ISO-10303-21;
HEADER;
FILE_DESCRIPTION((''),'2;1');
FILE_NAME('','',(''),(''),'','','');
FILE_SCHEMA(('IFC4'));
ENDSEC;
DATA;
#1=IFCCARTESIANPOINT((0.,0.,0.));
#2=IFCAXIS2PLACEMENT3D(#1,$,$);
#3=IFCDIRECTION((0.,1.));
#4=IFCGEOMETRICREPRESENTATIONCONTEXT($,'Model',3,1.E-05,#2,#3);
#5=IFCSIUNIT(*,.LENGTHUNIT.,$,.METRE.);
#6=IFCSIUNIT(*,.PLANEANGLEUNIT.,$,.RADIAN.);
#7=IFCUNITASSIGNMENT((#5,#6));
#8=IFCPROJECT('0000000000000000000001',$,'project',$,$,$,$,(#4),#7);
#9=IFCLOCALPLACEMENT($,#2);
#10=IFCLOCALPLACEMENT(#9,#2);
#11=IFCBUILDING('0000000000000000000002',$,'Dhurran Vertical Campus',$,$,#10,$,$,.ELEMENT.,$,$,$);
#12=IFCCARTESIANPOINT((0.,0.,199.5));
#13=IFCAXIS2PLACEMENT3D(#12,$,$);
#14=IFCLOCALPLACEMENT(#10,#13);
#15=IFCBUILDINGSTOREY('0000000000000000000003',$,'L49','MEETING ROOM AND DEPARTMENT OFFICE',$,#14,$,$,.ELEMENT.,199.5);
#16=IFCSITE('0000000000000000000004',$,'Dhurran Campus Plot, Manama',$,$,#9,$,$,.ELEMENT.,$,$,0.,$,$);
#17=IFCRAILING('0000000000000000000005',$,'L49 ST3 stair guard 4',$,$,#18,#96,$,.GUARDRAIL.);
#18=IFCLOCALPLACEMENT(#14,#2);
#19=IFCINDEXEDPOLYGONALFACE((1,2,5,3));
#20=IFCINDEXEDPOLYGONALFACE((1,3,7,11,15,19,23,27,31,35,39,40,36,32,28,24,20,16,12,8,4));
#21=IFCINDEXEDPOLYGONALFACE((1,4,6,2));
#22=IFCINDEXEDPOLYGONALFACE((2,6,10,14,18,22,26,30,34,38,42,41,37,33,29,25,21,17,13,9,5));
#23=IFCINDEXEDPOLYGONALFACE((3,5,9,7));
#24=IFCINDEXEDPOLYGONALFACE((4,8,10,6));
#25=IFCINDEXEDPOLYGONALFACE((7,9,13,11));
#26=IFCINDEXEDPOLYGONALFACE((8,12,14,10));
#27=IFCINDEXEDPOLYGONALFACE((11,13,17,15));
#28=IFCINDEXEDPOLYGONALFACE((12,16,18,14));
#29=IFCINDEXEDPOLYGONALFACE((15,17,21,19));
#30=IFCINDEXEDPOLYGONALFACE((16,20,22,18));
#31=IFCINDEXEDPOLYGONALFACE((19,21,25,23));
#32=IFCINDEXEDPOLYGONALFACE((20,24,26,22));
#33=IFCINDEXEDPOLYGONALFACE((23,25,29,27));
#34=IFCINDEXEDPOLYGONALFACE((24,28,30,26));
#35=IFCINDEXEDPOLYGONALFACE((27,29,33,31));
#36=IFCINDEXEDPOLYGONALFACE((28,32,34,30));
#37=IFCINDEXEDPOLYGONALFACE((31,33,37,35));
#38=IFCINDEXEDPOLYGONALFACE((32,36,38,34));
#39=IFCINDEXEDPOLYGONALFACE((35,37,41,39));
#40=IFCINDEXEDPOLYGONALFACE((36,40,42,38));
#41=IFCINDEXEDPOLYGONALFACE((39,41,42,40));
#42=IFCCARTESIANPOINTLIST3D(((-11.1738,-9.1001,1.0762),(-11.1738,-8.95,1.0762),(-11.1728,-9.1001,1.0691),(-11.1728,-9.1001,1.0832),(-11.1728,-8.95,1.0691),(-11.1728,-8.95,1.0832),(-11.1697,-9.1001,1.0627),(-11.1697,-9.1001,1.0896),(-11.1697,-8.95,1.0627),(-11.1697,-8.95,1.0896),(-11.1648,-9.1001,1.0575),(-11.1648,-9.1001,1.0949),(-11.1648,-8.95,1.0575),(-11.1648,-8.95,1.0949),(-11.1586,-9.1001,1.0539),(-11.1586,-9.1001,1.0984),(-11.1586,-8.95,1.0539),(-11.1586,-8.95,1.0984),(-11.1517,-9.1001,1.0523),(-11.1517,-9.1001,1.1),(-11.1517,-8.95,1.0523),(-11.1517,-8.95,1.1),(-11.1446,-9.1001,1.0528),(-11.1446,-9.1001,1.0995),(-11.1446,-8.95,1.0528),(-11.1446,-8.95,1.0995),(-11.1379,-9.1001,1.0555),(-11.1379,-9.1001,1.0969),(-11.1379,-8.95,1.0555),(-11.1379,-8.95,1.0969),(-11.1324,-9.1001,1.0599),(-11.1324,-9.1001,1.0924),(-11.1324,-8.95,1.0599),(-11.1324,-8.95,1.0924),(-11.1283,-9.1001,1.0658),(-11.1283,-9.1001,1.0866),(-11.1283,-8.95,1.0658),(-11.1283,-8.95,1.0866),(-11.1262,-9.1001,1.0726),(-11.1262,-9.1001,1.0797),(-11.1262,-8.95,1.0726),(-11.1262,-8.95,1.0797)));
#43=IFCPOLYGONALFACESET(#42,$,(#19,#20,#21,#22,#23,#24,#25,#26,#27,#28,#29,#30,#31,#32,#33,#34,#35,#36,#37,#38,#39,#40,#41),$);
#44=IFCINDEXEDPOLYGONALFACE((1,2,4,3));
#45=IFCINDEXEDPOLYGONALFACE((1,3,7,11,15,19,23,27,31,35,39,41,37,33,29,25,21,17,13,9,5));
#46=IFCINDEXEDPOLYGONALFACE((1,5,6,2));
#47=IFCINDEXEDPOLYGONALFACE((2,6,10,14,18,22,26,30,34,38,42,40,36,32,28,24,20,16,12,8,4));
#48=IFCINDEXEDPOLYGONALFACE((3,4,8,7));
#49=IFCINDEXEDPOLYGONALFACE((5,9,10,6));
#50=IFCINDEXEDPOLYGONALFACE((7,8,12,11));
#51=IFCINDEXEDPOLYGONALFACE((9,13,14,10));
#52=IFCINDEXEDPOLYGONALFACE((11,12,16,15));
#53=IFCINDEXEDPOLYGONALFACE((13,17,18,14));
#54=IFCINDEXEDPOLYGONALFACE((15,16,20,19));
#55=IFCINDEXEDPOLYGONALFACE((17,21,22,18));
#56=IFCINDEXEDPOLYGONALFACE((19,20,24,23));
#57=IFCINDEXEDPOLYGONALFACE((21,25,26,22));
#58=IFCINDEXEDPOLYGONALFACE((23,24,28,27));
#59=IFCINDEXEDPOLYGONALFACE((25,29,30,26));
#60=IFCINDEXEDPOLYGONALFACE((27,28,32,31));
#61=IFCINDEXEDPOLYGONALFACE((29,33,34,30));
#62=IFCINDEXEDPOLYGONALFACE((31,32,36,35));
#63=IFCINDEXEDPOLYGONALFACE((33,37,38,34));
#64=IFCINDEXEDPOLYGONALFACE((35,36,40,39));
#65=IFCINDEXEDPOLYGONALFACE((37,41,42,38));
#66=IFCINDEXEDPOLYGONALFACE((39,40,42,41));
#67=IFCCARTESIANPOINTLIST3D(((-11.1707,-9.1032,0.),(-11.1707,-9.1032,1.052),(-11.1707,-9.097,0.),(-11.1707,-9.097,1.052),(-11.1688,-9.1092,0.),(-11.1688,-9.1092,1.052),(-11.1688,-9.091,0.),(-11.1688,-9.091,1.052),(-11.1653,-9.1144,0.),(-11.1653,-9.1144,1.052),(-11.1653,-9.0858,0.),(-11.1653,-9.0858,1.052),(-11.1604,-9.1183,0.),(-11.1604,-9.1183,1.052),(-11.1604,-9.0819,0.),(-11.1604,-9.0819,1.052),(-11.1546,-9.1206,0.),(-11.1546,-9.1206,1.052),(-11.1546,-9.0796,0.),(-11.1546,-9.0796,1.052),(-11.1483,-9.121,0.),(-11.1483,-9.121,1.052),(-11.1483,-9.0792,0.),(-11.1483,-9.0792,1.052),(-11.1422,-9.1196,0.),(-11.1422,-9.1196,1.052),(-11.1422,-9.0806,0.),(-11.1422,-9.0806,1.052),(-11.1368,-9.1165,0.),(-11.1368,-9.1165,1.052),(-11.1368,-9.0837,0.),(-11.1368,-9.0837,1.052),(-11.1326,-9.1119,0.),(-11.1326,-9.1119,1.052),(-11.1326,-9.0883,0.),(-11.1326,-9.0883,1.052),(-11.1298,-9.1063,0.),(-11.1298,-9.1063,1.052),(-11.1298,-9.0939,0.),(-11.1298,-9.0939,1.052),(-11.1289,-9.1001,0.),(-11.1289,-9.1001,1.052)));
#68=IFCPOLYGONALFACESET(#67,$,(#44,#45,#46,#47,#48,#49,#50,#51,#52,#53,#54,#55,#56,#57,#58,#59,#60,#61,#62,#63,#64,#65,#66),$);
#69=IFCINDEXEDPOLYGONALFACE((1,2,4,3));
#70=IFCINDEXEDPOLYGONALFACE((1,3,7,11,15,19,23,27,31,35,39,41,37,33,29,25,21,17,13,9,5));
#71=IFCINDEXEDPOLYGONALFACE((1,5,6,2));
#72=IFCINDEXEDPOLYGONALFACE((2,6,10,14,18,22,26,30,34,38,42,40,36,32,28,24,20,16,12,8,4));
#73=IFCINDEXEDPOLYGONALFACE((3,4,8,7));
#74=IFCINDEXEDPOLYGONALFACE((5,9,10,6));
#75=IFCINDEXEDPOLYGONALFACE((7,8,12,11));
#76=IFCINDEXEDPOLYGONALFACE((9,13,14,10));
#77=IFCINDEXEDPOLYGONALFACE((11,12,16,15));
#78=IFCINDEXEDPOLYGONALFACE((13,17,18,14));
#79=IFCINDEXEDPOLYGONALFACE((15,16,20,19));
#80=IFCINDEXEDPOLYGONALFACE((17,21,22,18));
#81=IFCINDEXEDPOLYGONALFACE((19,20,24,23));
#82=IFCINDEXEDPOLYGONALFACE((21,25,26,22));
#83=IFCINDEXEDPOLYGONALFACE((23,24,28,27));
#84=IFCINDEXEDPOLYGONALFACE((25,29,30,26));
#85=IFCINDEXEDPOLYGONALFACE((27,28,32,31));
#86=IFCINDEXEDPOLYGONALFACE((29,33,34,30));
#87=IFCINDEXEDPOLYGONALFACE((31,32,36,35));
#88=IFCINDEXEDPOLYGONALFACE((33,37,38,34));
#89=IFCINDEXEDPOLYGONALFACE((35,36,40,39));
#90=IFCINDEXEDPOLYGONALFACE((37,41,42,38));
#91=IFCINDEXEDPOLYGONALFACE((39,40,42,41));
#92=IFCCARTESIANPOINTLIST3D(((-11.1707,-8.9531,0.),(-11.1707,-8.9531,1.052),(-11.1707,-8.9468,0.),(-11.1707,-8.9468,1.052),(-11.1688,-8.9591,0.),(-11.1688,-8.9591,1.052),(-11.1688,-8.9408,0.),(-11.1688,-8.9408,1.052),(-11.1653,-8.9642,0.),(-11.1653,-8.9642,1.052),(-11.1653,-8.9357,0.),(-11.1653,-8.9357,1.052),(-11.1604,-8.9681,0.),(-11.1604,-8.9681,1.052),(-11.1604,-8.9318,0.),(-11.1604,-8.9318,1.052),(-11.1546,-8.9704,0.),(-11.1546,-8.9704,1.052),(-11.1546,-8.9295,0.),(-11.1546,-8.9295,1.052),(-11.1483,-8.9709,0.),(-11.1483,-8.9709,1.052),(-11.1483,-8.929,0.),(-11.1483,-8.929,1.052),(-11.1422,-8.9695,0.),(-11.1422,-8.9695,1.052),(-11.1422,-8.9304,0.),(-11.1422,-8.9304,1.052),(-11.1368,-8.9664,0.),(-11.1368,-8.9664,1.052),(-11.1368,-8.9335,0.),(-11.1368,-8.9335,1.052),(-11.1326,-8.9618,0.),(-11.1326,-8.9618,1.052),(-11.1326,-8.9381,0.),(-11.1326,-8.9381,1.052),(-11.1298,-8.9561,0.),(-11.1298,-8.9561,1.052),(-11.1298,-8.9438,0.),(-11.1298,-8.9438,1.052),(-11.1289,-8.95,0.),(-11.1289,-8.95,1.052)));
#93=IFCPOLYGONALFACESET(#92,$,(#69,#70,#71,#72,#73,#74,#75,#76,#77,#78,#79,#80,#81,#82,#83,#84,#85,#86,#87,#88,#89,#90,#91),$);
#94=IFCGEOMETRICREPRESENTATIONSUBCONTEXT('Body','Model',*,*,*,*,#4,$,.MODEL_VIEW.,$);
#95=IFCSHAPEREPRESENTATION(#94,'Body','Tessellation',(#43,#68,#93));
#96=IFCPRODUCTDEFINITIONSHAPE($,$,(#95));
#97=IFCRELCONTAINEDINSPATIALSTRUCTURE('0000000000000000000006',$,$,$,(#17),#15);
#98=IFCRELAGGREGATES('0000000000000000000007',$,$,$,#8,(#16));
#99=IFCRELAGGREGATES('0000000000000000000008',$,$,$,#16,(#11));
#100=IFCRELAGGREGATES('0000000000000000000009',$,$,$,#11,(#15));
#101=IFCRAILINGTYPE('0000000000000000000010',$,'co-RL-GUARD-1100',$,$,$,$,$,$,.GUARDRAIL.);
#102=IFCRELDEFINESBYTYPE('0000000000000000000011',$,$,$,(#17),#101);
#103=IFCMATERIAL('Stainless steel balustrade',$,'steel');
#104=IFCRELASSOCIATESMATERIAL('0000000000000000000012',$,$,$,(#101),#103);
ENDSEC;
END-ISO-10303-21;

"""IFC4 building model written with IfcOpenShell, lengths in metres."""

from ifc_helpers import new_model, si_unit, direction, frame, origin, origin_2d, place, context, subcontext, project, spatial, circle, extrude, material, type_object, element, save


model = new_model("IFC4")

# Units and contexts
model_context = context("Model", 3, precision=1e-05, world=origin(), true_north=direction((0.0, 1.0)))
body_context = subcontext(model_context, "Body", "Model", "MODEL_VIEW")
ifc_project = project(units=[si_unit("LENGTHUNIT", "METRE"), si_unit("PLANEANGLEUNIT", "RADIAN")], contexts=[model_context])

# Site, building, storey
site_placement = place(None, origin())
site = spatial("IfcSite", under=ifc_project, at=site_placement, Name="Dhurran Campus Plot, Manama", CompositionType="ELEMENT", RefElevation=0.0)
building_placement = place(site_placement, origin())
building = spatial("IfcBuilding", under=site, at=building_placement, Name="Dhurran Vertical Campus", CompositionType="ELEMENT")
storey_placement = place(building_placement, frame((0.0, 0.0, 199.5)))
storey = spatial("IfcBuildingStorey", under=building, at=storey_placement, Name="L49", Description="MEETING ROOM AND DEPARTMENT OFFICE", CompositionType="ELEMENT", Elevation=199.5)

# Railing
ifc_material_1 = material(Name="Stainless steel balustrade", Category="steel")
railing_type_1 = type_object("IfcRailingType", Name="co-RL-GUARD-1100", PredefinedType="GUARDRAIL", material=ifc_material_1)
railing_1_placement = place(storey_placement, frame((-11.1499, -9.1001, 0.0)))
element("IfcRailing", 1, at=railing_1_placement, inside=storey, type_object=railing_type_1, Name="L49 ST3 stair guard 4", PredefinedType="GUARDRAIL", context=body_context, shape_type="SweptSolid", body=[
    extrude(circle(Radius=0.0239, at=origin_2d()), frame((0.0, 0.0, 1.0762), z_axis=(0.0, 1.0, 0.0), x_axis=(-1.0, 0.0, 0.0)), (0.0, 0.0, 1.0), 0.1501),
    extrude(circle(Radius=0.021, at=origin_2d()), origin(), (0.0, 0.0, 1.0), 1.052),
    extrude(circle(Radius=0.021, at=origin_2d()), frame((0.0, 0.1501, 0.0)), (0.0, 0.0, 1.0), 1.052),
])

save(model, "model.ifc")
